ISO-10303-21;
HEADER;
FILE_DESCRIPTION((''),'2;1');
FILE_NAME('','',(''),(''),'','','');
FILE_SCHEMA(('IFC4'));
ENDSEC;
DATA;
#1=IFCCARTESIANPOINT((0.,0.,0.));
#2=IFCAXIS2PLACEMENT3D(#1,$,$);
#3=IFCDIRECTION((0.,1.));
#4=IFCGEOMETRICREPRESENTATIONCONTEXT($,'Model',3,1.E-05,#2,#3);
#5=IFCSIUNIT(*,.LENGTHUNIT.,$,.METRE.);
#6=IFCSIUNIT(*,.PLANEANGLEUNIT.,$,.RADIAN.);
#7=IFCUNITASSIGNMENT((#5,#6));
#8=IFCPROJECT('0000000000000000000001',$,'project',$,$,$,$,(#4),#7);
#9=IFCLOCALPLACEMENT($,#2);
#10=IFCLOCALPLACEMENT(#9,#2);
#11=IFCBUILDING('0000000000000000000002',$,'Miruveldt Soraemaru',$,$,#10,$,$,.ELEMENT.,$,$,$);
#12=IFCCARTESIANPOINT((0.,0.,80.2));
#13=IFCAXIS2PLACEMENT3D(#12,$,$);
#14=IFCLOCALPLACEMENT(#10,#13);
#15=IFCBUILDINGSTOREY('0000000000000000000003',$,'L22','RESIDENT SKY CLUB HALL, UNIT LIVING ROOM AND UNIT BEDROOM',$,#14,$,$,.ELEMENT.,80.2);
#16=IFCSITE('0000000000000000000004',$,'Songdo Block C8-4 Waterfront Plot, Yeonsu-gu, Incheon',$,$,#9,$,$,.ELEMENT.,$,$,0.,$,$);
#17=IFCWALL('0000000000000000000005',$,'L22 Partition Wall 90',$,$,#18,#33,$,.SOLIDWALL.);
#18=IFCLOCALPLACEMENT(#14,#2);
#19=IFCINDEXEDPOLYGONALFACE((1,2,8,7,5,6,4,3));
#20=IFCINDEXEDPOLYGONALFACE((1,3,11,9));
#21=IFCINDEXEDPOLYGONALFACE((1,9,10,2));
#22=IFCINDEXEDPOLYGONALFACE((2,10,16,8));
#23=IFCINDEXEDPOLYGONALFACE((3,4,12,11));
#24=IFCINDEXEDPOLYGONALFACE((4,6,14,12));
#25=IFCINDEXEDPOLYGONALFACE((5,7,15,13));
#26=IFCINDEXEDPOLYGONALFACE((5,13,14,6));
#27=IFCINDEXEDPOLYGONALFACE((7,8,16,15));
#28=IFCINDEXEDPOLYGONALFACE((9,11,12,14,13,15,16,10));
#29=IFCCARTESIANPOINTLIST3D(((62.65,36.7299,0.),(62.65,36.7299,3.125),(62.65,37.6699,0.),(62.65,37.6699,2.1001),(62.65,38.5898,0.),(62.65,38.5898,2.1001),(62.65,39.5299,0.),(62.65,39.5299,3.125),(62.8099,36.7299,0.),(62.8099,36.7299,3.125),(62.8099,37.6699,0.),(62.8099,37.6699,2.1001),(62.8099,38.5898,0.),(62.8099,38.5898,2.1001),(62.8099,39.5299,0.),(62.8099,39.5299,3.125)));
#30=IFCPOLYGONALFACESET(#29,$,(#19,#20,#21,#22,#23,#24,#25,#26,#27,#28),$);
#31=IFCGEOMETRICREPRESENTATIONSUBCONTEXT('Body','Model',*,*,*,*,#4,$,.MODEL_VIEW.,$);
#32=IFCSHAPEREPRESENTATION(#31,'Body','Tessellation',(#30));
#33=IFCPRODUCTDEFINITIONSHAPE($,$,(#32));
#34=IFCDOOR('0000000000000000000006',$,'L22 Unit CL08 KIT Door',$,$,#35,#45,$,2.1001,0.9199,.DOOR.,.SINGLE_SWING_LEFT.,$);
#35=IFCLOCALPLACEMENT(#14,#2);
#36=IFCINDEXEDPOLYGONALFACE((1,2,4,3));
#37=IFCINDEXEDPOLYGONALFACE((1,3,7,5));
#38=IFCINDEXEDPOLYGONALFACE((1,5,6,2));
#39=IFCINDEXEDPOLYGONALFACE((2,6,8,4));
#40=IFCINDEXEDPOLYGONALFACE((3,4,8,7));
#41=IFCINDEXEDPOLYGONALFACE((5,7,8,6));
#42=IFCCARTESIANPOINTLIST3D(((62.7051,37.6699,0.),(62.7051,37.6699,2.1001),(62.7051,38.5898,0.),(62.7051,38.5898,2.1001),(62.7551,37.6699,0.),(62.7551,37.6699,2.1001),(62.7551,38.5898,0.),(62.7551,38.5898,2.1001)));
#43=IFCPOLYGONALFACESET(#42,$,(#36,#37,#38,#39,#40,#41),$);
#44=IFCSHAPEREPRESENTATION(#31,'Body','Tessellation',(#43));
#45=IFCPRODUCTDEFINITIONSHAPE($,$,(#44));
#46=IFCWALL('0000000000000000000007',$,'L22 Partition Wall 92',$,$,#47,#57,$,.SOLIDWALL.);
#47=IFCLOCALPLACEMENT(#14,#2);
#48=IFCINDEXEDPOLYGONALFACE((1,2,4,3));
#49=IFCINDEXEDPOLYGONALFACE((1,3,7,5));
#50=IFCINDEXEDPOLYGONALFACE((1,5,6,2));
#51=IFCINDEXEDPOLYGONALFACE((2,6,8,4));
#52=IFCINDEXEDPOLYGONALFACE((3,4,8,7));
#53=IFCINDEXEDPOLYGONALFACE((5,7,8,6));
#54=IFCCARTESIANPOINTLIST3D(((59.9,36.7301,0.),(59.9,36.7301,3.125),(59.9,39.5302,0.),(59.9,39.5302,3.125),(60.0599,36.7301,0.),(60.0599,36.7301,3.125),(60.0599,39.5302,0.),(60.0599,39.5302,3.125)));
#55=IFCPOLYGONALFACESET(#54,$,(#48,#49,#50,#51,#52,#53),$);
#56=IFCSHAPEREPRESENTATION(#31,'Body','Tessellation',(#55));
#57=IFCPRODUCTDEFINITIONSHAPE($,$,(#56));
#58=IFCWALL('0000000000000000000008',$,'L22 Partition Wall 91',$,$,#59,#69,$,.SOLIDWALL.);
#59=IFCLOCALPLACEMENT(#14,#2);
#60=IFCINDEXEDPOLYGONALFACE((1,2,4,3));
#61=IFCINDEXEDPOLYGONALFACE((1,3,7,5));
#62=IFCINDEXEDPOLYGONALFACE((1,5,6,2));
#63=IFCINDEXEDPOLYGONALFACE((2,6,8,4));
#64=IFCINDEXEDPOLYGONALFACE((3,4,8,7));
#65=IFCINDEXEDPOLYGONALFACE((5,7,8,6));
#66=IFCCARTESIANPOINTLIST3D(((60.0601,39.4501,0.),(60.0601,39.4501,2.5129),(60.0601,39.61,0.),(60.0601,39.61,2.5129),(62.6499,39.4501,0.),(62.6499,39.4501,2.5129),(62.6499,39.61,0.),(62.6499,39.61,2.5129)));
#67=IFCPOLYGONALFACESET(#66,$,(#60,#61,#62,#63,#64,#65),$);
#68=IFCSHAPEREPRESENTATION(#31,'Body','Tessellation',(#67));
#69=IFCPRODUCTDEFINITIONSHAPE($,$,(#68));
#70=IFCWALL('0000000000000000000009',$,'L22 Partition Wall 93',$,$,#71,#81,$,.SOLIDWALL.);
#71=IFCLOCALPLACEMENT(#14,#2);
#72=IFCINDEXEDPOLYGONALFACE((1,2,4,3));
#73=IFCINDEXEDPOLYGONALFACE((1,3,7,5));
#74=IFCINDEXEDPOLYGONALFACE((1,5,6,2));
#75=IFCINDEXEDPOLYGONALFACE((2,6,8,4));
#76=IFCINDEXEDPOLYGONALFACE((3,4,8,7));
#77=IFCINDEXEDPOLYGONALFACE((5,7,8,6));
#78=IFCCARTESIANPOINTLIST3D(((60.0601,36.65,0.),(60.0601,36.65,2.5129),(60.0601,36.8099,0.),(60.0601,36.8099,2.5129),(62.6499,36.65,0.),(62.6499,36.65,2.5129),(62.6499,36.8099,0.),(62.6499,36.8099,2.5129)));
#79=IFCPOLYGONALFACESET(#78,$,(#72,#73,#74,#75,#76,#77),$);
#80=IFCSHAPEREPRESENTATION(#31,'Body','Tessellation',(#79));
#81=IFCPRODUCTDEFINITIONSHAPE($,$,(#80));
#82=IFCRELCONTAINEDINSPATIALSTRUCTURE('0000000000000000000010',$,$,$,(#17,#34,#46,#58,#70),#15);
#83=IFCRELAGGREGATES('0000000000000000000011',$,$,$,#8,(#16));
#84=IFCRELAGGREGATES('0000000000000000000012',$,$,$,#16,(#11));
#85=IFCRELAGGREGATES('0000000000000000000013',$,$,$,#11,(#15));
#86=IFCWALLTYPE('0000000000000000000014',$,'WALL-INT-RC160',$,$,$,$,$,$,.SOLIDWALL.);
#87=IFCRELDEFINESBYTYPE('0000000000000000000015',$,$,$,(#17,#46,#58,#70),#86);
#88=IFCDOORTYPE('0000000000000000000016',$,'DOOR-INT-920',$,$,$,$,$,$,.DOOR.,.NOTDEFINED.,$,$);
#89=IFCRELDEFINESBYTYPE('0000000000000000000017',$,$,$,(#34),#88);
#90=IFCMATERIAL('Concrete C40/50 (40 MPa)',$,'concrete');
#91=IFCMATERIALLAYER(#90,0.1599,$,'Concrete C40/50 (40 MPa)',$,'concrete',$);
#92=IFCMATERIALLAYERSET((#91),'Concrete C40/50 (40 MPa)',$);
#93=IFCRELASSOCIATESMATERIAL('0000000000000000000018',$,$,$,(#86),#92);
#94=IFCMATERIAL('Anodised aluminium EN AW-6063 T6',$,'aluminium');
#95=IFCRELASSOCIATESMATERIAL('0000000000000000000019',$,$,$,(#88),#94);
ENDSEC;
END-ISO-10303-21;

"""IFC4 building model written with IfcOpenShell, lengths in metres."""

from ifc_helpers import new_model, si_unit, direction, frame, frame_2d, origin, place, context, subcontext, project, spatial, rectangle, extrude, material, layer, layer_set, type_object, element, fill, save


model = new_model("IFC4")

# Units and contexts
model_context = context("Model", 3, precision=1e-05, world=origin(), true_north=direction((0.0, 1.0)))
body_context = subcontext(model_context, "Body", "Model", "MODEL_VIEW")
ifc_project = project(units=[si_unit("LENGTHUNIT", "METRE"), si_unit("PLANEANGLEUNIT", "RADIAN")], contexts=[model_context])

# Site, building, storey
site_placement = place(None, origin())
site = spatial("IfcSite", under=ifc_project, at=site_placement, Name="Songdo Block C8-4 Waterfront Plot, Yeonsu-gu, Incheon", CompositionType="ELEMENT", RefElevation=0.0)
building_placement = place(site_placement, origin())
building = spatial("IfcBuilding", under=site, at=building_placement, Name="Miruveldt Soraemaru", CompositionType="ELEMENT")
storey_placement = place(building_placement, frame((0.0, 0.0, 80.2)))
storey = spatial("IfcBuildingStorey", under=building, at=storey_placement, Name="L22", Description="RESIDENT SKY CLUB HALL, UNIT LIVING ROOM AND UNIT BEDROOM", CompositionType="ELEMENT", Elevation=80.2)

# Shared definitions
ifc_material_1 = material(Name="Anodised aluminium EN AW-6063 T6", Category="aluminium")

# Wall, opening, door
ifc_material_2 = material(Name="Concrete C40/50 (40 MPa)", Category="concrete")
ifc_layer_1 = layer(ifc_material_2, 0.1599, Name="Concrete C40/50 (40 MPa)", Category="concrete")
ifc_layer_set_1 = layer_set([ifc_layer_1], Name="Concrete C40/50 (40 MPa)")
wall_type_1 = type_object("IfcWallType", Name="WALL-INT-RC160", PredefinedType="SOLIDWALL", material=ifc_layer_set_1)
wall_1_placement = place(storey_placement, frame((62.73, 36.73, 0.0), z_axis=(0.0, 0.0, 1.0), x_axis=(0.0, 1.0, 0.0)))
wall_1 = element("IfcWall", 1, at=wall_1_placement, inside=storey, type_object=wall_type_1, Name="L22 Partition Wall 90", PredefinedType="SOLIDWALL", context=body_context, shape_type="SweptSolid", body=[
    extrude(rectangle(XDim=2.8, YDim=0.1599, at=frame_2d((1.3999, 0.0))), origin(), (0.0, 0.0, 1.0), 3.125),
])
opening_1_placement = place(wall_1_placement, frame((0.9399, 0.0, 0.0)))
opening_1 = element("IfcOpeningElement", 2, at=opening_1_placement, cuts=wall_1, PredefinedType="OPENING", context=body_context, shape_type="SweptSolid", body=[
    extrude(rectangle(XDim=0.9199, YDim=2.1001, at=frame_2d((0.46, 1.05))), frame((0.0, 0.0898, 0.0), z_axis=(0.0, -1.0, 0.0), x_axis=(1.0, 0.0, 0.0)), (0.0, 0.0, 1.0), 0.1799),
])
door_type_1 = type_object("IfcDoorType", Name="DOOR-INT-920", OperationType="NOTDEFINED", PredefinedType="DOOR", material=ifc_material_1)
door_1_placement = place(opening_1_placement, origin())
door_1 = element("IfcDoor", 3, at=door_1_placement, inside=storey, type_object=door_type_1, Name="L22 Unit CL08 KIT Door", OperationType="SINGLE_SWING_LEFT", OverallHeight=2.1001, OverallWidth=0.9199, PredefinedType="DOOR", context=body_context, shape_type="SweptSolid", body=[
    extrude(rectangle(XDim=0.9199, YDim=2.1001, at=frame_2d((0.46, 1.05))), frame((0.0, 0.0249, 0.0), z_axis=(0.0, -1.0, 0.0), x_axis=(1.0, 0.0, 0.0)), (0.0, 0.0, 1.0), 0.05),
])
fill(opening_1, door_1)

# Walls
wall_2_placement = place(storey_placement, frame((59.98, 39.53, 0.0), z_axis=(0.0, 0.0, 1.0), x_axis=(0.0, -1.0, 0.0)))
element("IfcWall", 4, at=wall_2_placement, inside=storey, type_object=wall_type_1, Name="L22 Partition Wall 92", PredefinedType="SOLIDWALL", context=body_context, shape_type="SweptSolid", body=[
    extrude(rectangle(XDim=2.8, YDim=0.1599, at=frame_2d((1.3999, 0.0))), origin(), (0.0, 0.0, 1.0), 3.125),
])
for number, where, z_axis, x_axis, name in (
    (5, (62.6499, 39.53, 0.0), (0.0, 0.0, 1.0), (-1.0, 0.0, 0.0), "L22 Partition Wall 91"),
    (6, (60.0601, 36.73, 0.0), (0.0, 0.0, 1.0), (1.0, 0.0, 0.0), "L22 Partition Wall 93"),
):
    element("IfcWall", number, at=place(storey_placement, frame(where, z_axis=z_axis, x_axis=x_axis)), inside=storey, type_object=wall_type_1, Name=name, PredefinedType="SOLIDWALL", context=body_context, shape_type="SweptSolid", body=[
        extrude(rectangle(XDim=2.5898, YDim=0.1599, at=frame_2d((1.2949, 0.0))), origin(), (0.0, 0.0, 1.0), 2.5129),
    ])

save(model, "model.ifc")
